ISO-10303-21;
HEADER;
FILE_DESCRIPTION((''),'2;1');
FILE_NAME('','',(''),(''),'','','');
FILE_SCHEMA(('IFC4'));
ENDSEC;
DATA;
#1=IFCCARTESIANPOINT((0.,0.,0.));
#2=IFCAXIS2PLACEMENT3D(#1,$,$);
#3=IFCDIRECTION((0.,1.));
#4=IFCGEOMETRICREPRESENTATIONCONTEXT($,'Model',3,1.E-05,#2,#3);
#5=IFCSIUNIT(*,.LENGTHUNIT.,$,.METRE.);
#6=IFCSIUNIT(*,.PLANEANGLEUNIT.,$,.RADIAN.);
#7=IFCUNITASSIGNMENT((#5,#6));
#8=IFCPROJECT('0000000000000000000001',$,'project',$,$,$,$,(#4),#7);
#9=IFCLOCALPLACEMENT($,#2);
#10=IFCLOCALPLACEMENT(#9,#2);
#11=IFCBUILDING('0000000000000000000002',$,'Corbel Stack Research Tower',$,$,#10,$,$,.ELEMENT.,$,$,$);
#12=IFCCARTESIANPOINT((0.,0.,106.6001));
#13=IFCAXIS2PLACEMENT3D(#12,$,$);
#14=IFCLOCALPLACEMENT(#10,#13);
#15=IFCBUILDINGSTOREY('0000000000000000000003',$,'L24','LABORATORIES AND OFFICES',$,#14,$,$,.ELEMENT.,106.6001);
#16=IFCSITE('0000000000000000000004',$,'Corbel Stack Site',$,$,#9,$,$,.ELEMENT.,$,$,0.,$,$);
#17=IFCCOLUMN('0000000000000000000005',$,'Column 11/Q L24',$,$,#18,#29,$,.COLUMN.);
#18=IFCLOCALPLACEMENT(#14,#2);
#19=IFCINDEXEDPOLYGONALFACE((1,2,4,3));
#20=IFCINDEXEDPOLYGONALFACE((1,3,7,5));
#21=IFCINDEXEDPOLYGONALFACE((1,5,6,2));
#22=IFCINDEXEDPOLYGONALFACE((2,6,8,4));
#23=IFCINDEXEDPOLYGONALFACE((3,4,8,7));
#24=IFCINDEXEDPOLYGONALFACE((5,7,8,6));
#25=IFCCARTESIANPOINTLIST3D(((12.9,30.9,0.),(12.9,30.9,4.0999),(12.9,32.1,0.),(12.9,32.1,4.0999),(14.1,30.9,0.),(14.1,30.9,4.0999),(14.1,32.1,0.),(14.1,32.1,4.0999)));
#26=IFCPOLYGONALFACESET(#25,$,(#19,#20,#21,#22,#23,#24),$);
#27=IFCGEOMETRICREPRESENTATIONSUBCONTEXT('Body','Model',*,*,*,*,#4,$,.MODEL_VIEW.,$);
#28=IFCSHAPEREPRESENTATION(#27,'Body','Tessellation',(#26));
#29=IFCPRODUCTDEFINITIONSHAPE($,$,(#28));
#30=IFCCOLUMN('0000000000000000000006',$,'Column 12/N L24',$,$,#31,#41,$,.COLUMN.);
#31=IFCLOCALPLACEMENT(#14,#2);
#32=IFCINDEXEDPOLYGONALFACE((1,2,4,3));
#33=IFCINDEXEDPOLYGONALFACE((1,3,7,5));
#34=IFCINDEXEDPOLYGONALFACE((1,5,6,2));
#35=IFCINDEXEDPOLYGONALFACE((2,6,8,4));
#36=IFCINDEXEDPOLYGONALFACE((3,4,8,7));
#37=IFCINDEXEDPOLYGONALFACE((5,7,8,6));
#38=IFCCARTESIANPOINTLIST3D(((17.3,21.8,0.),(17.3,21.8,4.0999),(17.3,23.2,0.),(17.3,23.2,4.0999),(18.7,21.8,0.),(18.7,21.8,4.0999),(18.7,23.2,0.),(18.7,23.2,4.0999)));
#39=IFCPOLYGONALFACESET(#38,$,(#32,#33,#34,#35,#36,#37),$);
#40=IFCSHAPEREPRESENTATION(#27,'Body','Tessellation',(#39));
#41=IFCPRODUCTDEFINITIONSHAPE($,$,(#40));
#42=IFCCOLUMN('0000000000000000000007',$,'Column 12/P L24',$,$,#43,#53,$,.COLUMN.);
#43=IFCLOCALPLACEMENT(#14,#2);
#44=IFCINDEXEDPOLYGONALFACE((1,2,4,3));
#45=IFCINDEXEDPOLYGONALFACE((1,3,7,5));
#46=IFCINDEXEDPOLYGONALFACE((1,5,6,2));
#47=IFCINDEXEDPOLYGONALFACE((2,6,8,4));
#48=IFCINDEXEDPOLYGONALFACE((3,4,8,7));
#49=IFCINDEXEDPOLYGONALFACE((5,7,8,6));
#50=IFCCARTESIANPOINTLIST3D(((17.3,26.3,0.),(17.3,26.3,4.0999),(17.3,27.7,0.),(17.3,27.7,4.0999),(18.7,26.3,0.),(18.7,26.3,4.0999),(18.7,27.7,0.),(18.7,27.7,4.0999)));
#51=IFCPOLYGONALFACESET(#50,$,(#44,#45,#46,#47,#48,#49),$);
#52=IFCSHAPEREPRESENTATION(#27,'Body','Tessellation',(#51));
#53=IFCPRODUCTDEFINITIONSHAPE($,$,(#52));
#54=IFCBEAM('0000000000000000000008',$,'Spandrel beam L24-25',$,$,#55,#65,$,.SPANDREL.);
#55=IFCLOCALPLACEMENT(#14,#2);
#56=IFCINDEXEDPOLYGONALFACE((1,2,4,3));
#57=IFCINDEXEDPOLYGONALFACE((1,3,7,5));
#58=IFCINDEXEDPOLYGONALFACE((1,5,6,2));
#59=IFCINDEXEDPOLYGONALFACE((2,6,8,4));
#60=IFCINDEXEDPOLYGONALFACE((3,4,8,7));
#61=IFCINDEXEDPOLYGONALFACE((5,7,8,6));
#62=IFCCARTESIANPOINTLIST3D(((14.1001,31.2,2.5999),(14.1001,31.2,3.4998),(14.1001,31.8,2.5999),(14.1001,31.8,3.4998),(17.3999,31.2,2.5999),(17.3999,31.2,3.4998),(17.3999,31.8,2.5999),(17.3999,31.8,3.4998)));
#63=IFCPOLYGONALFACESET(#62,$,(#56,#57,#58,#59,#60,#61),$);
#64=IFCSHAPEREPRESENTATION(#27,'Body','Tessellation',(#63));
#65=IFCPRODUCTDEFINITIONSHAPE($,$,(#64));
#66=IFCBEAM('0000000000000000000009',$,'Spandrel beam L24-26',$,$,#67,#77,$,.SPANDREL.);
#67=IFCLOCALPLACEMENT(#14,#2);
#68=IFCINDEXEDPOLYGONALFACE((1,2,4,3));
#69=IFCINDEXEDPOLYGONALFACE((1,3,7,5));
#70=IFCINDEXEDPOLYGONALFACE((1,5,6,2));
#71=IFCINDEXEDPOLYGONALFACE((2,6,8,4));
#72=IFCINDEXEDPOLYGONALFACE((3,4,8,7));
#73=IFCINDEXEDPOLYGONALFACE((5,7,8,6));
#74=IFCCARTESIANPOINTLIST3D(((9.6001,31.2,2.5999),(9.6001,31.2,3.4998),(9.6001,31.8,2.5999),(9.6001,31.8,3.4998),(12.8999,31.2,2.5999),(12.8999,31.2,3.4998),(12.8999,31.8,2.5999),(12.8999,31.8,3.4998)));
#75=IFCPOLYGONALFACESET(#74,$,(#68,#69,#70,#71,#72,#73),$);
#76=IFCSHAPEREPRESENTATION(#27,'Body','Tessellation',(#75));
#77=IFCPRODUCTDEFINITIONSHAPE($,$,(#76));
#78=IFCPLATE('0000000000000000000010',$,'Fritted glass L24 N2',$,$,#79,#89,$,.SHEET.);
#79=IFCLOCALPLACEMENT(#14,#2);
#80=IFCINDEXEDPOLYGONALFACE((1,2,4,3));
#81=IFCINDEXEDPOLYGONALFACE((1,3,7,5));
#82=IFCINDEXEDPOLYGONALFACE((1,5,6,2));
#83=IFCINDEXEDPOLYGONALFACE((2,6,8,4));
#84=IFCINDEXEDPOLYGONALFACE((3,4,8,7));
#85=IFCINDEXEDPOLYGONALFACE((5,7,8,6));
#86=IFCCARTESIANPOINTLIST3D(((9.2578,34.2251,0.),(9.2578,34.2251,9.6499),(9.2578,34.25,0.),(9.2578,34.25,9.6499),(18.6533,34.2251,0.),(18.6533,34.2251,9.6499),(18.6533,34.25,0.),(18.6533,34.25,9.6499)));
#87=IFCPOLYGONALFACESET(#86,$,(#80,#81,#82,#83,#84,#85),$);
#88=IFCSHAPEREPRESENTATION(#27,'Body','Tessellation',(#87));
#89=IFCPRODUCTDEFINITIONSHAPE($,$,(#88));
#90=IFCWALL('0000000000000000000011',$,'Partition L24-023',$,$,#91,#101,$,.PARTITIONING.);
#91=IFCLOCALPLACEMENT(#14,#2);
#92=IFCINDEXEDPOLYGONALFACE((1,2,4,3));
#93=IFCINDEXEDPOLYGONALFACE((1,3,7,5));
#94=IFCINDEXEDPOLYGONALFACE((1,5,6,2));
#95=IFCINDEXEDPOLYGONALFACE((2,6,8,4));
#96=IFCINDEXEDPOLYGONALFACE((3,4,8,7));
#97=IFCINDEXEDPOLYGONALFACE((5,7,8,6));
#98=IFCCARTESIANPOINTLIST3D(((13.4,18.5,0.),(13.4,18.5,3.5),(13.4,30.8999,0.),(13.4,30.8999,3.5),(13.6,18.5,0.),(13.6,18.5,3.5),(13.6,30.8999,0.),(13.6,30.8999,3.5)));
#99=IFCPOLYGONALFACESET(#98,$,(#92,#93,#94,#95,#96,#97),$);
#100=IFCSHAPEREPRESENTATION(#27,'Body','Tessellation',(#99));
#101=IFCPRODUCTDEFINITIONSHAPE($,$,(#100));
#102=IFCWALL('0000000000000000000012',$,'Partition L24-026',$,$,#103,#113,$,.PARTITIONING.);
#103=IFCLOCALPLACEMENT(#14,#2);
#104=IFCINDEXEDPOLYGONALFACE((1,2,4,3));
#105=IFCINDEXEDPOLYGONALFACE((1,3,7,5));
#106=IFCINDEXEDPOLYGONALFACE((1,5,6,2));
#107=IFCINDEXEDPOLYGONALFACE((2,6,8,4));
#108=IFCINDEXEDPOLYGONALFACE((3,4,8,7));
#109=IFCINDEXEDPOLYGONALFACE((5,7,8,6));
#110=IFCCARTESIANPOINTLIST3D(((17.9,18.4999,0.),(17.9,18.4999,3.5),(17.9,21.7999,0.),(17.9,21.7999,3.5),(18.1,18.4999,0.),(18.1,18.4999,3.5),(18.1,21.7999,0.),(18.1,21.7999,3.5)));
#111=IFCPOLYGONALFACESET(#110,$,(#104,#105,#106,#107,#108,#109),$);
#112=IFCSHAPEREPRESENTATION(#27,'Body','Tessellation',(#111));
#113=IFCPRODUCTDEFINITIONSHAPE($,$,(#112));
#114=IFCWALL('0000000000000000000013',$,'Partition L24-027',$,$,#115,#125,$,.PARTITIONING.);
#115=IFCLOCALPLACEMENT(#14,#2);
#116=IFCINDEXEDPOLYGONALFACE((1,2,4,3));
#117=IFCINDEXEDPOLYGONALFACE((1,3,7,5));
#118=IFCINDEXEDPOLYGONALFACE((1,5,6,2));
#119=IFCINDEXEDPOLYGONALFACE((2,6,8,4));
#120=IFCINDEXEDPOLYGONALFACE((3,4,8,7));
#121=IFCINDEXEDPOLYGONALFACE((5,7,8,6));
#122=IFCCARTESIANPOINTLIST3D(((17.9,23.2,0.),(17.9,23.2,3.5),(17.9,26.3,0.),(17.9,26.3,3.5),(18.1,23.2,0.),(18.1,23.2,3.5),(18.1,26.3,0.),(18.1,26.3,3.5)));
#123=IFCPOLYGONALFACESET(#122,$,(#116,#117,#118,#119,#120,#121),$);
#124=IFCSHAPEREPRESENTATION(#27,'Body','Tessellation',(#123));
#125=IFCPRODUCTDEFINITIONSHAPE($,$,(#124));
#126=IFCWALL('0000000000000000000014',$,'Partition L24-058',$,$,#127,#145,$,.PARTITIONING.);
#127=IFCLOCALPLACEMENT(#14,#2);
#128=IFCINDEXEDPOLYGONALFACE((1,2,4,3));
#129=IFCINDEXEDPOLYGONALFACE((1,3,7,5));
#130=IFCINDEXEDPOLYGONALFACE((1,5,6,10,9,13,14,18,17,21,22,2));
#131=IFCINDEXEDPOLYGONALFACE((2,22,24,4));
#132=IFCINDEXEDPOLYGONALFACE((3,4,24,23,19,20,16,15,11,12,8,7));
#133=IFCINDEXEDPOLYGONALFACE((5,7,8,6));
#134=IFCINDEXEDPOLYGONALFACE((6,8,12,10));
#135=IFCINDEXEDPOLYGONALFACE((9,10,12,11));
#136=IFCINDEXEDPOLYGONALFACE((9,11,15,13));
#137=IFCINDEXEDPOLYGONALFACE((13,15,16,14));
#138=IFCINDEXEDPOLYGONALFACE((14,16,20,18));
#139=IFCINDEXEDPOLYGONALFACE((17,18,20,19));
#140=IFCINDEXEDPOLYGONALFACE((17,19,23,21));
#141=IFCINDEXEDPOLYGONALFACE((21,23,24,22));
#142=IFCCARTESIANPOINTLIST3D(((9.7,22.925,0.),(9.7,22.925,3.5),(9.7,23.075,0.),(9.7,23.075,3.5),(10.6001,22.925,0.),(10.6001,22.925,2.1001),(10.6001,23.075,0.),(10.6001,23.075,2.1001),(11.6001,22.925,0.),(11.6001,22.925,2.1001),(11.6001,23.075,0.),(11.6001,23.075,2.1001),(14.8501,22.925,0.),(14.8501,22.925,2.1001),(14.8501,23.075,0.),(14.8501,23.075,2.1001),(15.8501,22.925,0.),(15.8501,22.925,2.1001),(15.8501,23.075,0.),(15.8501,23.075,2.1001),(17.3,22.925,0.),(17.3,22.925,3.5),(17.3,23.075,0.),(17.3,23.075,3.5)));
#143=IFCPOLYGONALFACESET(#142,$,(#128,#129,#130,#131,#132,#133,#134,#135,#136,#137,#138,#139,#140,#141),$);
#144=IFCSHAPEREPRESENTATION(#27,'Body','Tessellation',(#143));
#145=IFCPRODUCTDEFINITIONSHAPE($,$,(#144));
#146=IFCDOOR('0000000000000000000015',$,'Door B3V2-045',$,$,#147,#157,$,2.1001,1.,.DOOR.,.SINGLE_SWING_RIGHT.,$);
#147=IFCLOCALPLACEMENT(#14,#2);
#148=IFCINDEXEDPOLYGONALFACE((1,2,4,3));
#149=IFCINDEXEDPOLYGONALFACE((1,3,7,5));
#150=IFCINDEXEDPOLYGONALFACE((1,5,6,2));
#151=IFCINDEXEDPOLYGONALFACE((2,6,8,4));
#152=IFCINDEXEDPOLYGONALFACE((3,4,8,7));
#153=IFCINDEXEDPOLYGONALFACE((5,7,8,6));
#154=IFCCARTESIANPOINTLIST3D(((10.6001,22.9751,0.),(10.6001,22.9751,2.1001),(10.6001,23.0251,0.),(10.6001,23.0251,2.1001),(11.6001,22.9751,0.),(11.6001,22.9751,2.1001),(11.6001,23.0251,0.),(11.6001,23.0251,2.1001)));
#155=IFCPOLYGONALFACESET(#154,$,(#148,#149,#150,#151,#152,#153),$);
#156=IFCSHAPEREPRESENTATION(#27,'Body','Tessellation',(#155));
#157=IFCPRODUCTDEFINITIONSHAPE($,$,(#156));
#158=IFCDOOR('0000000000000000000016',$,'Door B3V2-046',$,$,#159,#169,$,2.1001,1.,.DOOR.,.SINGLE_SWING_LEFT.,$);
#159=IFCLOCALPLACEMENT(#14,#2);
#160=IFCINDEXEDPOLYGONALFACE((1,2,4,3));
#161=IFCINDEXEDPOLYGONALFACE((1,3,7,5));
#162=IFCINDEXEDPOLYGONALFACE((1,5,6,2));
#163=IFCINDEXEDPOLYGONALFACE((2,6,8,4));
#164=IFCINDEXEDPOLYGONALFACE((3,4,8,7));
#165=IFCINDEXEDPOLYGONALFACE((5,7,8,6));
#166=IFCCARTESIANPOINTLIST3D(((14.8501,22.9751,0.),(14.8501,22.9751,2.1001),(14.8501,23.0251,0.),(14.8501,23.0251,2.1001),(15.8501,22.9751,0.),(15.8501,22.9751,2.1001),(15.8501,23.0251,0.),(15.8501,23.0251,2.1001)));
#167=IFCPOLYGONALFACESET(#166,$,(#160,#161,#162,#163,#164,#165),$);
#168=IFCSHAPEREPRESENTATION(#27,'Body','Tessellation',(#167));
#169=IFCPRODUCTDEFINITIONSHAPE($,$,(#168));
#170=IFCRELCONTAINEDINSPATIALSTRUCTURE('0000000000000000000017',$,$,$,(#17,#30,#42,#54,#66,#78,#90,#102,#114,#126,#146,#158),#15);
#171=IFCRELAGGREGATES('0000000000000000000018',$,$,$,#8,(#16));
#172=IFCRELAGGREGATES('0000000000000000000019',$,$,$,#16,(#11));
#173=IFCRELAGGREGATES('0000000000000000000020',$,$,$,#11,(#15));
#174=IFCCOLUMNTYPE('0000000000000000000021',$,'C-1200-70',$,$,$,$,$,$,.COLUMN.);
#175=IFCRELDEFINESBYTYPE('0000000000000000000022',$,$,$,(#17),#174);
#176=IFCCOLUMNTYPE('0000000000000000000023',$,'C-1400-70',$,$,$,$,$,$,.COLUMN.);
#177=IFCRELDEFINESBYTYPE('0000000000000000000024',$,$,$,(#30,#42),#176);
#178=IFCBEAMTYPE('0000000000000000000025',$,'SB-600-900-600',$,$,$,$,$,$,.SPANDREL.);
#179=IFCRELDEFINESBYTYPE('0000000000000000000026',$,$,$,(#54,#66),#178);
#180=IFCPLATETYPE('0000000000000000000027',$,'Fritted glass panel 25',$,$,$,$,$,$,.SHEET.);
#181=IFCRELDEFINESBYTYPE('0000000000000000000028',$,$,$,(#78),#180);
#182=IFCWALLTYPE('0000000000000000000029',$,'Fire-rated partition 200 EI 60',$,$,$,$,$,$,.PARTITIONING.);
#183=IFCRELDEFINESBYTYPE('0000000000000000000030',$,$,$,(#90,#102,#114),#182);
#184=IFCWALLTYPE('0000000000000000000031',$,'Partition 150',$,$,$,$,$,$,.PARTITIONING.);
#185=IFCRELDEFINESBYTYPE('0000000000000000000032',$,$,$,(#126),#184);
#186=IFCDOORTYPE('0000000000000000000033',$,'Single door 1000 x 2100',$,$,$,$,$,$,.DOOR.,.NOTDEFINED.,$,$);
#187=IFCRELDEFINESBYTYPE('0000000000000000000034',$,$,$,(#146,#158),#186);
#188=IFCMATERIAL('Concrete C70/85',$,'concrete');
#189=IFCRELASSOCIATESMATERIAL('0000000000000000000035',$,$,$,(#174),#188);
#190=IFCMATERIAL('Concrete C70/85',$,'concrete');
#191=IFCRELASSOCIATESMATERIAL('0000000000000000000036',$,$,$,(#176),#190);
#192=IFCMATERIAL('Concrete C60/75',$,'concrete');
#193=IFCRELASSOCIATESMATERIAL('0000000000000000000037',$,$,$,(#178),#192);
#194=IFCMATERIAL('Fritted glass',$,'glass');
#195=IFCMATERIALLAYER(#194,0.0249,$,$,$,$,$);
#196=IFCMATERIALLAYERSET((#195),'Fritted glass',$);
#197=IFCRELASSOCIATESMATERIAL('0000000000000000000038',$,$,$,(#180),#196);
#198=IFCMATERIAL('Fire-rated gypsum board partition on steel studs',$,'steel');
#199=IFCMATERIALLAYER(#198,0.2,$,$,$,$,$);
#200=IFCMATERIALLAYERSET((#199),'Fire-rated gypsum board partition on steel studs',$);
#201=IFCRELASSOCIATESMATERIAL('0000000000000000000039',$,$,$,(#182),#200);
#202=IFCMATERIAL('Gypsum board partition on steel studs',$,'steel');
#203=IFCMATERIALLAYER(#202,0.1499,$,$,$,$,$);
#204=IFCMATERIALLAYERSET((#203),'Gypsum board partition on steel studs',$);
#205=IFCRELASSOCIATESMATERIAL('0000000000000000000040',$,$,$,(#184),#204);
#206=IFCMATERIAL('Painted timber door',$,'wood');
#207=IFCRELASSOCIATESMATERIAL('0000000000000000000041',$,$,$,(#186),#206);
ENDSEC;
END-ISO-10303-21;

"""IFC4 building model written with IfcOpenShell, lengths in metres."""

from ifc_helpers import new_model, si_unit, direction, frame, frame_2d, origin, origin_2d, place, context, subcontext, project, spatial, rectangle, extrude, material, layer, layer_set, material_profile, profile_set, type_object, element, fill, save


model = new_model("IFC4")

# Units and contexts
model_context = context("Model", 3, precision=1e-05, world=origin(), true_north=direction((0.0, 1.0)))
body_context = subcontext(model_context, "Body", "Model", "MODEL_VIEW")
ifc_project = project(units=[si_unit("LENGTHUNIT", "METRE"), si_unit("PLANEANGLEUNIT", "RADIAN")], contexts=[model_context])

# Site, building, storey
site_placement = place(None, origin())
site = spatial("IfcSite", under=ifc_project, at=site_placement, Name="Corbel Stack Site", CompositionType="ELEMENT", RefElevation=0.0)
building_placement = place(site_placement, origin())
building = spatial("IfcBuilding", under=site, at=building_placement, Name="Corbel Stack Research Tower", CompositionType="ELEMENT")
storey_placement = place(building_placement, frame((0.0, 0.0, 106.6001)))
storey = spatial("IfcBuildingStorey", under=building, at=storey_placement, Name="L24", Description="LABORATORIES AND OFFICES", CompositionType="ELEMENT", Elevation=106.6001)

# Columns
ifc_material_1 = material(Name="Concrete C70/85", Category="concrete")
ifc_material_profile_1 = material_profile(ifc_material_1, rectangle(XDim=1.2, YDim=1.2, at=origin_2d()), Name="RC 1200 x 1200")
ifc_profile_set_1 = profile_set([ifc_material_profile_1], Name="Concrete C70/85")
column_type_1 = type_object("IfcColumnType", Name="C-1200-70", PredefinedType="COLUMN", material=ifc_profile_set_1)
column_placement = place(storey_placement, frame((13.5, 31.5, 0.0), z_axis=(0.0, 0.0, 1.0), x_axis=(1.0, 0.0, 0.0)))
element("IfcColumn", 1, at=column_placement, inside=storey, type_object=column_type_1, Name="Column 11/Q L24", PredefinedType="COLUMN", context=body_context, shape_type="SweptSolid", body=[
    extrude(rectangle(XDim=1.2, YDim=1.2, at=origin_2d()), origin(), (0.0, 0.0, 1.0), 4.0999),
])
ifc_material_2 = material(Name="Concrete C70/85", Category="concrete")
ifc_material_profile_2 = material_profile(ifc_material_2, rectangle(XDim=1.3999, YDim=1.3999, at=origin_2d()), Name="RC 1400 x 1400")
ifc_profile_set_2 = profile_set([ifc_material_profile_2], Name="Concrete C70/85")
column_type_2 = type_object("IfcColumnType", Name="C-1400-70", PredefinedType="COLUMN", material=ifc_profile_set_2)
for number, where, z_axis, x_axis, name in (
    (2, (18.0, 22.5, 0.0), (0.0, 0.0, 1.0), (1.0, 0.0, 0.0), "Column 12/N L24"),
    (3, (18.0, 27.0, 0.0), (0.0, 0.0, 1.0), (1.0, 0.0, 0.0), "Column 12/P L24"),
):
    element("IfcColumn", number, at=place(storey_placement, frame(where, z_axis=z_axis, x_axis=x_axis)), inside=storey, type_object=column_type_2, Name=name, PredefinedType="COLUMN", context=body_context, shape_type="SweptSolid", body=[
        extrude(rectangle(XDim=1.3999, YDim=1.3999, at=origin_2d()), origin(), (0.0, 0.0, 1.0), 4.0999),
    ])

# Beams
ifc_material_3 = material(Name="Concrete C60/75", Category="concrete")
ifc_material_profile_3 = material_profile(ifc_material_3, rectangle(XDim=0.6001, YDim=0.8999, at=origin_2d()), Name="RC 600 x 900")
ifc_profile_set_3 = profile_set([ifc_material_profile_3], Name="Concrete C60/75")
beam_type = type_object("IfcBeamType", Name="SB-600-900-600", PredefinedType="SPANDREL", material=ifc_profile_set_3)
for number, where, z_axis, x_axis, name in (
    (4, (17.3999, 31.5, 3.0498), (-1.0, 0.0, 0.0), (0.0, -1.0, 0.0), "Spandrel beam L24-25"),
    (5, (12.8999, 31.5, 3.0498), (-1.0, 0.0, 0.0), (0.0, -1.0, 0.0), "Spandrel beam L24-26"),
):
    element("IfcBeam", number, at=place(storey_placement, frame(where, z_axis=z_axis, x_axis=x_axis)), inside=storey, type_object=beam_type, Name=name, PredefinedType="SPANDREL", context=body_context, shape_type="SweptSolid", body=[
        extrude(rectangle(XDim=0.6001, YDim=0.8999, at=origin_2d()), origin(), (0.0, 0.0, 1.0), 3.2998),
    ])

# Plate
ifc_material_4 = material(Name="Fritted glass", Category="glass")
ifc_layer_1 = layer(ifc_material_4, 0.0249)
ifc_layer_set_1 = layer_set([ifc_layer_1], Name="Fritted glass")
plate_type = type_object("IfcPlateType", Name="Fritted glass panel 25", PredefinedType="SHEET", material=ifc_layer_set_1)
plate_placement = place(storey_placement, frame((13.9556, 34.2375, 0.0), z_axis=(0.0, 0.0, 1.0), x_axis=(-1.0, 0.0, 0.0)))
element("IfcPlate", 6, at=plate_placement, inside=storey, type_object=plate_type, Name="Fritted glass L24 N2", PredefinedType="SHEET", context=body_context, shape_type="SweptSolid", body=[
    extrude(rectangle(XDim=9.3955, YDim=0.0249, at=origin_2d()), origin(), (0.0, 0.0, 1.0), 9.6499),
])

# Walls
ifc_material_5 = material(Name="Fire-rated gypsum board partition on steel studs", Category="steel")
ifc_layer_2 = layer(ifc_material_5, 0.2)
ifc_layer_set_2 = layer_set([ifc_layer_2], Name="Fire-rated gypsum board partition on steel studs")
wall_type_1 = type_object("IfcWallType", Name="Fire-rated partition 200 EI 60", PredefinedType="PARTITIONING", material=ifc_layer_set_2)
wall_1_placement = place(storey_placement, frame((13.5, 18.5, 0.0), z_axis=(0.0, 0.0, 1.0), x_axis=(0.0, 1.0, 0.0)))
element("IfcWall", 7, at=wall_1_placement, inside=storey, type_object=wall_type_1, Name="Partition L24-023", PredefinedType="PARTITIONING", context=body_context, shape_type="SweptSolid", body=[
    extrude(rectangle(XDim=12.3999, YDim=0.2, at=frame_2d((6.2, 0.0))), origin(), (0.0, 0.0, 1.0), 3.5),
])
wall_2_placement = place(storey_placement, frame((18.0, 18.5, 0.0), z_axis=(0.0, 0.0, 1.0), x_axis=(0.0, 1.0, 0.0)))
element("IfcWall", 8, at=wall_2_placement, inside=storey, type_object=wall_type_1, Name="Partition L24-026", PredefinedType="PARTITIONING", context=body_context, shape_type="SweptSolid", body=[
    extrude(rectangle(XDim=3.3, YDim=0.2, at=frame_2d((1.6499, 0.0))), origin(), (0.0, 0.0, 1.0), 3.5),
])
wall_3_placement = place(storey_placement, frame((18.0, 23.2, 0.0), z_axis=(0.0, 0.0, 1.0), x_axis=(0.0, 1.0, 0.0)))
element("IfcWall", 9, at=wall_3_placement, inside=storey, type_object=wall_type_1, Name="Partition L24-027", PredefinedType="PARTITIONING", context=body_context, shape_type="SweptSolid", body=[
    extrude(rectangle(XDim=3.1001, YDim=0.2, at=frame_2d((1.55, 0.0))), origin(), (0.0, 0.0, 1.0), 3.5),
])

# Wall, openings, doors
ifc_material_6 = material(Name="Gypsum board partition on steel studs", Category="steel")
ifc_layer_3 = layer(ifc_material_6, 0.1499)
ifc_layer_set_3 = layer_set([ifc_layer_3], Name="Gypsum board partition on steel studs")
wall_type_2 = type_object("IfcWallType", Name="Partition 150", PredefinedType="PARTITIONING", material=ifc_layer_set_3)
wall_4_placement = place(storey_placement, frame((17.3, 23.0, 0.0), z_axis=(0.0, 0.0, 1.0), x_axis=(-1.0, 0.0, 0.0)))
wall_4 = element("IfcWall", 10, at=wall_4_placement, inside=storey, type_object=wall_type_2, Name="Partition L24-058", PredefinedType="PARTITIONING", context=body_context, shape_type="SweptSolid", body=[
    extrude(rectangle(XDim=7.6001, YDim=0.1499, at=frame_2d((3.8, 0.0))), origin(), (0.0, 0.0, 1.0), 3.5),
])
opening_1_placement = place(wall_4_placement, frame((5.7, 0.0, 0.0)))
opening_1 = element("IfcOpeningElement", 11, at=opening_1_placement, cuts=wall_4, PredefinedType="OPENING", context=body_context, shape_type="SweptSolid", body=[
    extrude(rectangle(XDim=1.0, YDim=2.1001, at=frame_2d((0.5, 1.05))), frame((0.0, 0.085, 0.0), z_axis=(0.0, -1.0, 0.0), x_axis=(1.0, 0.0, 0.0)), (0.0, 0.0, 1.0), 0.1699),
])
opening_2_placement = place(wall_4_placement, frame((1.45, 0.0, 0.0)))
opening_2 = element("IfcOpeningElement", 12, at=opening_2_placement, cuts=wall_4, PredefinedType="OPENING", context=body_context, shape_type="SweptSolid", body=[
    extrude(rectangle(XDim=1.0, YDim=2.1001, at=frame_2d((0.5, 1.05))), frame((0.0, 0.085, 0.0), z_axis=(0.0, -1.0, 0.0), x_axis=(1.0, 0.0, 0.0)), (0.0, 0.0, 1.0), 0.1699),
])
ifc_material_7 = material(Name="Painted timber door", Category="wood")
door_type = type_object("IfcDoorType", Name="Single door 1000 x 2100", OperationType="NOTDEFINED", PredefinedType="DOOR", material=ifc_material_7)
door_1_placement = place(opening_1_placement, origin())
door_1 = element("IfcDoor", 13, at=door_1_placement, inside=storey, type_object=door_type, Name="Door B3V2-045", OperationType="SINGLE_SWING_RIGHT", OverallHeight=2.1001, OverallWidth=1.0, PredefinedType="DOOR", context=body_context, shape_type="SweptSolid", body=[
    extrude(rectangle(XDim=1.0, YDim=2.1001, at=frame_2d((0.5, 1.05))), frame((0.0, 0.0249, 0.0), z_axis=(0.0, -1.0, 0.0), x_axis=(1.0, 0.0, 0.0)), (0.0, 0.0, 1.0), 0.05),
])
fill(opening_1, door_1)
door_2_placement = place(opening_2_placement, origin())
door_2 = element("IfcDoor", 14, at=door_2_placement, inside=storey, type_object=door_type, Name="Door B3V2-046", OperationType="SINGLE_SWING_LEFT", OverallHeight=2.1001, OverallWidth=1.0, PredefinedType="DOOR", context=body_context, shape_type="SweptSolid", body=[
    extrude(rectangle(XDim=1.0, YDim=2.1001, at=frame_2d((0.5, 1.05))), frame((0.0, 0.0249, 0.0), z_axis=(0.0, -1.0, 0.0), x_axis=(1.0, 0.0, 0.0)), (0.0, 0.0, 1.0), 0.05),
])
fill(opening_2, door_2)

save(model, "model.ifc")
